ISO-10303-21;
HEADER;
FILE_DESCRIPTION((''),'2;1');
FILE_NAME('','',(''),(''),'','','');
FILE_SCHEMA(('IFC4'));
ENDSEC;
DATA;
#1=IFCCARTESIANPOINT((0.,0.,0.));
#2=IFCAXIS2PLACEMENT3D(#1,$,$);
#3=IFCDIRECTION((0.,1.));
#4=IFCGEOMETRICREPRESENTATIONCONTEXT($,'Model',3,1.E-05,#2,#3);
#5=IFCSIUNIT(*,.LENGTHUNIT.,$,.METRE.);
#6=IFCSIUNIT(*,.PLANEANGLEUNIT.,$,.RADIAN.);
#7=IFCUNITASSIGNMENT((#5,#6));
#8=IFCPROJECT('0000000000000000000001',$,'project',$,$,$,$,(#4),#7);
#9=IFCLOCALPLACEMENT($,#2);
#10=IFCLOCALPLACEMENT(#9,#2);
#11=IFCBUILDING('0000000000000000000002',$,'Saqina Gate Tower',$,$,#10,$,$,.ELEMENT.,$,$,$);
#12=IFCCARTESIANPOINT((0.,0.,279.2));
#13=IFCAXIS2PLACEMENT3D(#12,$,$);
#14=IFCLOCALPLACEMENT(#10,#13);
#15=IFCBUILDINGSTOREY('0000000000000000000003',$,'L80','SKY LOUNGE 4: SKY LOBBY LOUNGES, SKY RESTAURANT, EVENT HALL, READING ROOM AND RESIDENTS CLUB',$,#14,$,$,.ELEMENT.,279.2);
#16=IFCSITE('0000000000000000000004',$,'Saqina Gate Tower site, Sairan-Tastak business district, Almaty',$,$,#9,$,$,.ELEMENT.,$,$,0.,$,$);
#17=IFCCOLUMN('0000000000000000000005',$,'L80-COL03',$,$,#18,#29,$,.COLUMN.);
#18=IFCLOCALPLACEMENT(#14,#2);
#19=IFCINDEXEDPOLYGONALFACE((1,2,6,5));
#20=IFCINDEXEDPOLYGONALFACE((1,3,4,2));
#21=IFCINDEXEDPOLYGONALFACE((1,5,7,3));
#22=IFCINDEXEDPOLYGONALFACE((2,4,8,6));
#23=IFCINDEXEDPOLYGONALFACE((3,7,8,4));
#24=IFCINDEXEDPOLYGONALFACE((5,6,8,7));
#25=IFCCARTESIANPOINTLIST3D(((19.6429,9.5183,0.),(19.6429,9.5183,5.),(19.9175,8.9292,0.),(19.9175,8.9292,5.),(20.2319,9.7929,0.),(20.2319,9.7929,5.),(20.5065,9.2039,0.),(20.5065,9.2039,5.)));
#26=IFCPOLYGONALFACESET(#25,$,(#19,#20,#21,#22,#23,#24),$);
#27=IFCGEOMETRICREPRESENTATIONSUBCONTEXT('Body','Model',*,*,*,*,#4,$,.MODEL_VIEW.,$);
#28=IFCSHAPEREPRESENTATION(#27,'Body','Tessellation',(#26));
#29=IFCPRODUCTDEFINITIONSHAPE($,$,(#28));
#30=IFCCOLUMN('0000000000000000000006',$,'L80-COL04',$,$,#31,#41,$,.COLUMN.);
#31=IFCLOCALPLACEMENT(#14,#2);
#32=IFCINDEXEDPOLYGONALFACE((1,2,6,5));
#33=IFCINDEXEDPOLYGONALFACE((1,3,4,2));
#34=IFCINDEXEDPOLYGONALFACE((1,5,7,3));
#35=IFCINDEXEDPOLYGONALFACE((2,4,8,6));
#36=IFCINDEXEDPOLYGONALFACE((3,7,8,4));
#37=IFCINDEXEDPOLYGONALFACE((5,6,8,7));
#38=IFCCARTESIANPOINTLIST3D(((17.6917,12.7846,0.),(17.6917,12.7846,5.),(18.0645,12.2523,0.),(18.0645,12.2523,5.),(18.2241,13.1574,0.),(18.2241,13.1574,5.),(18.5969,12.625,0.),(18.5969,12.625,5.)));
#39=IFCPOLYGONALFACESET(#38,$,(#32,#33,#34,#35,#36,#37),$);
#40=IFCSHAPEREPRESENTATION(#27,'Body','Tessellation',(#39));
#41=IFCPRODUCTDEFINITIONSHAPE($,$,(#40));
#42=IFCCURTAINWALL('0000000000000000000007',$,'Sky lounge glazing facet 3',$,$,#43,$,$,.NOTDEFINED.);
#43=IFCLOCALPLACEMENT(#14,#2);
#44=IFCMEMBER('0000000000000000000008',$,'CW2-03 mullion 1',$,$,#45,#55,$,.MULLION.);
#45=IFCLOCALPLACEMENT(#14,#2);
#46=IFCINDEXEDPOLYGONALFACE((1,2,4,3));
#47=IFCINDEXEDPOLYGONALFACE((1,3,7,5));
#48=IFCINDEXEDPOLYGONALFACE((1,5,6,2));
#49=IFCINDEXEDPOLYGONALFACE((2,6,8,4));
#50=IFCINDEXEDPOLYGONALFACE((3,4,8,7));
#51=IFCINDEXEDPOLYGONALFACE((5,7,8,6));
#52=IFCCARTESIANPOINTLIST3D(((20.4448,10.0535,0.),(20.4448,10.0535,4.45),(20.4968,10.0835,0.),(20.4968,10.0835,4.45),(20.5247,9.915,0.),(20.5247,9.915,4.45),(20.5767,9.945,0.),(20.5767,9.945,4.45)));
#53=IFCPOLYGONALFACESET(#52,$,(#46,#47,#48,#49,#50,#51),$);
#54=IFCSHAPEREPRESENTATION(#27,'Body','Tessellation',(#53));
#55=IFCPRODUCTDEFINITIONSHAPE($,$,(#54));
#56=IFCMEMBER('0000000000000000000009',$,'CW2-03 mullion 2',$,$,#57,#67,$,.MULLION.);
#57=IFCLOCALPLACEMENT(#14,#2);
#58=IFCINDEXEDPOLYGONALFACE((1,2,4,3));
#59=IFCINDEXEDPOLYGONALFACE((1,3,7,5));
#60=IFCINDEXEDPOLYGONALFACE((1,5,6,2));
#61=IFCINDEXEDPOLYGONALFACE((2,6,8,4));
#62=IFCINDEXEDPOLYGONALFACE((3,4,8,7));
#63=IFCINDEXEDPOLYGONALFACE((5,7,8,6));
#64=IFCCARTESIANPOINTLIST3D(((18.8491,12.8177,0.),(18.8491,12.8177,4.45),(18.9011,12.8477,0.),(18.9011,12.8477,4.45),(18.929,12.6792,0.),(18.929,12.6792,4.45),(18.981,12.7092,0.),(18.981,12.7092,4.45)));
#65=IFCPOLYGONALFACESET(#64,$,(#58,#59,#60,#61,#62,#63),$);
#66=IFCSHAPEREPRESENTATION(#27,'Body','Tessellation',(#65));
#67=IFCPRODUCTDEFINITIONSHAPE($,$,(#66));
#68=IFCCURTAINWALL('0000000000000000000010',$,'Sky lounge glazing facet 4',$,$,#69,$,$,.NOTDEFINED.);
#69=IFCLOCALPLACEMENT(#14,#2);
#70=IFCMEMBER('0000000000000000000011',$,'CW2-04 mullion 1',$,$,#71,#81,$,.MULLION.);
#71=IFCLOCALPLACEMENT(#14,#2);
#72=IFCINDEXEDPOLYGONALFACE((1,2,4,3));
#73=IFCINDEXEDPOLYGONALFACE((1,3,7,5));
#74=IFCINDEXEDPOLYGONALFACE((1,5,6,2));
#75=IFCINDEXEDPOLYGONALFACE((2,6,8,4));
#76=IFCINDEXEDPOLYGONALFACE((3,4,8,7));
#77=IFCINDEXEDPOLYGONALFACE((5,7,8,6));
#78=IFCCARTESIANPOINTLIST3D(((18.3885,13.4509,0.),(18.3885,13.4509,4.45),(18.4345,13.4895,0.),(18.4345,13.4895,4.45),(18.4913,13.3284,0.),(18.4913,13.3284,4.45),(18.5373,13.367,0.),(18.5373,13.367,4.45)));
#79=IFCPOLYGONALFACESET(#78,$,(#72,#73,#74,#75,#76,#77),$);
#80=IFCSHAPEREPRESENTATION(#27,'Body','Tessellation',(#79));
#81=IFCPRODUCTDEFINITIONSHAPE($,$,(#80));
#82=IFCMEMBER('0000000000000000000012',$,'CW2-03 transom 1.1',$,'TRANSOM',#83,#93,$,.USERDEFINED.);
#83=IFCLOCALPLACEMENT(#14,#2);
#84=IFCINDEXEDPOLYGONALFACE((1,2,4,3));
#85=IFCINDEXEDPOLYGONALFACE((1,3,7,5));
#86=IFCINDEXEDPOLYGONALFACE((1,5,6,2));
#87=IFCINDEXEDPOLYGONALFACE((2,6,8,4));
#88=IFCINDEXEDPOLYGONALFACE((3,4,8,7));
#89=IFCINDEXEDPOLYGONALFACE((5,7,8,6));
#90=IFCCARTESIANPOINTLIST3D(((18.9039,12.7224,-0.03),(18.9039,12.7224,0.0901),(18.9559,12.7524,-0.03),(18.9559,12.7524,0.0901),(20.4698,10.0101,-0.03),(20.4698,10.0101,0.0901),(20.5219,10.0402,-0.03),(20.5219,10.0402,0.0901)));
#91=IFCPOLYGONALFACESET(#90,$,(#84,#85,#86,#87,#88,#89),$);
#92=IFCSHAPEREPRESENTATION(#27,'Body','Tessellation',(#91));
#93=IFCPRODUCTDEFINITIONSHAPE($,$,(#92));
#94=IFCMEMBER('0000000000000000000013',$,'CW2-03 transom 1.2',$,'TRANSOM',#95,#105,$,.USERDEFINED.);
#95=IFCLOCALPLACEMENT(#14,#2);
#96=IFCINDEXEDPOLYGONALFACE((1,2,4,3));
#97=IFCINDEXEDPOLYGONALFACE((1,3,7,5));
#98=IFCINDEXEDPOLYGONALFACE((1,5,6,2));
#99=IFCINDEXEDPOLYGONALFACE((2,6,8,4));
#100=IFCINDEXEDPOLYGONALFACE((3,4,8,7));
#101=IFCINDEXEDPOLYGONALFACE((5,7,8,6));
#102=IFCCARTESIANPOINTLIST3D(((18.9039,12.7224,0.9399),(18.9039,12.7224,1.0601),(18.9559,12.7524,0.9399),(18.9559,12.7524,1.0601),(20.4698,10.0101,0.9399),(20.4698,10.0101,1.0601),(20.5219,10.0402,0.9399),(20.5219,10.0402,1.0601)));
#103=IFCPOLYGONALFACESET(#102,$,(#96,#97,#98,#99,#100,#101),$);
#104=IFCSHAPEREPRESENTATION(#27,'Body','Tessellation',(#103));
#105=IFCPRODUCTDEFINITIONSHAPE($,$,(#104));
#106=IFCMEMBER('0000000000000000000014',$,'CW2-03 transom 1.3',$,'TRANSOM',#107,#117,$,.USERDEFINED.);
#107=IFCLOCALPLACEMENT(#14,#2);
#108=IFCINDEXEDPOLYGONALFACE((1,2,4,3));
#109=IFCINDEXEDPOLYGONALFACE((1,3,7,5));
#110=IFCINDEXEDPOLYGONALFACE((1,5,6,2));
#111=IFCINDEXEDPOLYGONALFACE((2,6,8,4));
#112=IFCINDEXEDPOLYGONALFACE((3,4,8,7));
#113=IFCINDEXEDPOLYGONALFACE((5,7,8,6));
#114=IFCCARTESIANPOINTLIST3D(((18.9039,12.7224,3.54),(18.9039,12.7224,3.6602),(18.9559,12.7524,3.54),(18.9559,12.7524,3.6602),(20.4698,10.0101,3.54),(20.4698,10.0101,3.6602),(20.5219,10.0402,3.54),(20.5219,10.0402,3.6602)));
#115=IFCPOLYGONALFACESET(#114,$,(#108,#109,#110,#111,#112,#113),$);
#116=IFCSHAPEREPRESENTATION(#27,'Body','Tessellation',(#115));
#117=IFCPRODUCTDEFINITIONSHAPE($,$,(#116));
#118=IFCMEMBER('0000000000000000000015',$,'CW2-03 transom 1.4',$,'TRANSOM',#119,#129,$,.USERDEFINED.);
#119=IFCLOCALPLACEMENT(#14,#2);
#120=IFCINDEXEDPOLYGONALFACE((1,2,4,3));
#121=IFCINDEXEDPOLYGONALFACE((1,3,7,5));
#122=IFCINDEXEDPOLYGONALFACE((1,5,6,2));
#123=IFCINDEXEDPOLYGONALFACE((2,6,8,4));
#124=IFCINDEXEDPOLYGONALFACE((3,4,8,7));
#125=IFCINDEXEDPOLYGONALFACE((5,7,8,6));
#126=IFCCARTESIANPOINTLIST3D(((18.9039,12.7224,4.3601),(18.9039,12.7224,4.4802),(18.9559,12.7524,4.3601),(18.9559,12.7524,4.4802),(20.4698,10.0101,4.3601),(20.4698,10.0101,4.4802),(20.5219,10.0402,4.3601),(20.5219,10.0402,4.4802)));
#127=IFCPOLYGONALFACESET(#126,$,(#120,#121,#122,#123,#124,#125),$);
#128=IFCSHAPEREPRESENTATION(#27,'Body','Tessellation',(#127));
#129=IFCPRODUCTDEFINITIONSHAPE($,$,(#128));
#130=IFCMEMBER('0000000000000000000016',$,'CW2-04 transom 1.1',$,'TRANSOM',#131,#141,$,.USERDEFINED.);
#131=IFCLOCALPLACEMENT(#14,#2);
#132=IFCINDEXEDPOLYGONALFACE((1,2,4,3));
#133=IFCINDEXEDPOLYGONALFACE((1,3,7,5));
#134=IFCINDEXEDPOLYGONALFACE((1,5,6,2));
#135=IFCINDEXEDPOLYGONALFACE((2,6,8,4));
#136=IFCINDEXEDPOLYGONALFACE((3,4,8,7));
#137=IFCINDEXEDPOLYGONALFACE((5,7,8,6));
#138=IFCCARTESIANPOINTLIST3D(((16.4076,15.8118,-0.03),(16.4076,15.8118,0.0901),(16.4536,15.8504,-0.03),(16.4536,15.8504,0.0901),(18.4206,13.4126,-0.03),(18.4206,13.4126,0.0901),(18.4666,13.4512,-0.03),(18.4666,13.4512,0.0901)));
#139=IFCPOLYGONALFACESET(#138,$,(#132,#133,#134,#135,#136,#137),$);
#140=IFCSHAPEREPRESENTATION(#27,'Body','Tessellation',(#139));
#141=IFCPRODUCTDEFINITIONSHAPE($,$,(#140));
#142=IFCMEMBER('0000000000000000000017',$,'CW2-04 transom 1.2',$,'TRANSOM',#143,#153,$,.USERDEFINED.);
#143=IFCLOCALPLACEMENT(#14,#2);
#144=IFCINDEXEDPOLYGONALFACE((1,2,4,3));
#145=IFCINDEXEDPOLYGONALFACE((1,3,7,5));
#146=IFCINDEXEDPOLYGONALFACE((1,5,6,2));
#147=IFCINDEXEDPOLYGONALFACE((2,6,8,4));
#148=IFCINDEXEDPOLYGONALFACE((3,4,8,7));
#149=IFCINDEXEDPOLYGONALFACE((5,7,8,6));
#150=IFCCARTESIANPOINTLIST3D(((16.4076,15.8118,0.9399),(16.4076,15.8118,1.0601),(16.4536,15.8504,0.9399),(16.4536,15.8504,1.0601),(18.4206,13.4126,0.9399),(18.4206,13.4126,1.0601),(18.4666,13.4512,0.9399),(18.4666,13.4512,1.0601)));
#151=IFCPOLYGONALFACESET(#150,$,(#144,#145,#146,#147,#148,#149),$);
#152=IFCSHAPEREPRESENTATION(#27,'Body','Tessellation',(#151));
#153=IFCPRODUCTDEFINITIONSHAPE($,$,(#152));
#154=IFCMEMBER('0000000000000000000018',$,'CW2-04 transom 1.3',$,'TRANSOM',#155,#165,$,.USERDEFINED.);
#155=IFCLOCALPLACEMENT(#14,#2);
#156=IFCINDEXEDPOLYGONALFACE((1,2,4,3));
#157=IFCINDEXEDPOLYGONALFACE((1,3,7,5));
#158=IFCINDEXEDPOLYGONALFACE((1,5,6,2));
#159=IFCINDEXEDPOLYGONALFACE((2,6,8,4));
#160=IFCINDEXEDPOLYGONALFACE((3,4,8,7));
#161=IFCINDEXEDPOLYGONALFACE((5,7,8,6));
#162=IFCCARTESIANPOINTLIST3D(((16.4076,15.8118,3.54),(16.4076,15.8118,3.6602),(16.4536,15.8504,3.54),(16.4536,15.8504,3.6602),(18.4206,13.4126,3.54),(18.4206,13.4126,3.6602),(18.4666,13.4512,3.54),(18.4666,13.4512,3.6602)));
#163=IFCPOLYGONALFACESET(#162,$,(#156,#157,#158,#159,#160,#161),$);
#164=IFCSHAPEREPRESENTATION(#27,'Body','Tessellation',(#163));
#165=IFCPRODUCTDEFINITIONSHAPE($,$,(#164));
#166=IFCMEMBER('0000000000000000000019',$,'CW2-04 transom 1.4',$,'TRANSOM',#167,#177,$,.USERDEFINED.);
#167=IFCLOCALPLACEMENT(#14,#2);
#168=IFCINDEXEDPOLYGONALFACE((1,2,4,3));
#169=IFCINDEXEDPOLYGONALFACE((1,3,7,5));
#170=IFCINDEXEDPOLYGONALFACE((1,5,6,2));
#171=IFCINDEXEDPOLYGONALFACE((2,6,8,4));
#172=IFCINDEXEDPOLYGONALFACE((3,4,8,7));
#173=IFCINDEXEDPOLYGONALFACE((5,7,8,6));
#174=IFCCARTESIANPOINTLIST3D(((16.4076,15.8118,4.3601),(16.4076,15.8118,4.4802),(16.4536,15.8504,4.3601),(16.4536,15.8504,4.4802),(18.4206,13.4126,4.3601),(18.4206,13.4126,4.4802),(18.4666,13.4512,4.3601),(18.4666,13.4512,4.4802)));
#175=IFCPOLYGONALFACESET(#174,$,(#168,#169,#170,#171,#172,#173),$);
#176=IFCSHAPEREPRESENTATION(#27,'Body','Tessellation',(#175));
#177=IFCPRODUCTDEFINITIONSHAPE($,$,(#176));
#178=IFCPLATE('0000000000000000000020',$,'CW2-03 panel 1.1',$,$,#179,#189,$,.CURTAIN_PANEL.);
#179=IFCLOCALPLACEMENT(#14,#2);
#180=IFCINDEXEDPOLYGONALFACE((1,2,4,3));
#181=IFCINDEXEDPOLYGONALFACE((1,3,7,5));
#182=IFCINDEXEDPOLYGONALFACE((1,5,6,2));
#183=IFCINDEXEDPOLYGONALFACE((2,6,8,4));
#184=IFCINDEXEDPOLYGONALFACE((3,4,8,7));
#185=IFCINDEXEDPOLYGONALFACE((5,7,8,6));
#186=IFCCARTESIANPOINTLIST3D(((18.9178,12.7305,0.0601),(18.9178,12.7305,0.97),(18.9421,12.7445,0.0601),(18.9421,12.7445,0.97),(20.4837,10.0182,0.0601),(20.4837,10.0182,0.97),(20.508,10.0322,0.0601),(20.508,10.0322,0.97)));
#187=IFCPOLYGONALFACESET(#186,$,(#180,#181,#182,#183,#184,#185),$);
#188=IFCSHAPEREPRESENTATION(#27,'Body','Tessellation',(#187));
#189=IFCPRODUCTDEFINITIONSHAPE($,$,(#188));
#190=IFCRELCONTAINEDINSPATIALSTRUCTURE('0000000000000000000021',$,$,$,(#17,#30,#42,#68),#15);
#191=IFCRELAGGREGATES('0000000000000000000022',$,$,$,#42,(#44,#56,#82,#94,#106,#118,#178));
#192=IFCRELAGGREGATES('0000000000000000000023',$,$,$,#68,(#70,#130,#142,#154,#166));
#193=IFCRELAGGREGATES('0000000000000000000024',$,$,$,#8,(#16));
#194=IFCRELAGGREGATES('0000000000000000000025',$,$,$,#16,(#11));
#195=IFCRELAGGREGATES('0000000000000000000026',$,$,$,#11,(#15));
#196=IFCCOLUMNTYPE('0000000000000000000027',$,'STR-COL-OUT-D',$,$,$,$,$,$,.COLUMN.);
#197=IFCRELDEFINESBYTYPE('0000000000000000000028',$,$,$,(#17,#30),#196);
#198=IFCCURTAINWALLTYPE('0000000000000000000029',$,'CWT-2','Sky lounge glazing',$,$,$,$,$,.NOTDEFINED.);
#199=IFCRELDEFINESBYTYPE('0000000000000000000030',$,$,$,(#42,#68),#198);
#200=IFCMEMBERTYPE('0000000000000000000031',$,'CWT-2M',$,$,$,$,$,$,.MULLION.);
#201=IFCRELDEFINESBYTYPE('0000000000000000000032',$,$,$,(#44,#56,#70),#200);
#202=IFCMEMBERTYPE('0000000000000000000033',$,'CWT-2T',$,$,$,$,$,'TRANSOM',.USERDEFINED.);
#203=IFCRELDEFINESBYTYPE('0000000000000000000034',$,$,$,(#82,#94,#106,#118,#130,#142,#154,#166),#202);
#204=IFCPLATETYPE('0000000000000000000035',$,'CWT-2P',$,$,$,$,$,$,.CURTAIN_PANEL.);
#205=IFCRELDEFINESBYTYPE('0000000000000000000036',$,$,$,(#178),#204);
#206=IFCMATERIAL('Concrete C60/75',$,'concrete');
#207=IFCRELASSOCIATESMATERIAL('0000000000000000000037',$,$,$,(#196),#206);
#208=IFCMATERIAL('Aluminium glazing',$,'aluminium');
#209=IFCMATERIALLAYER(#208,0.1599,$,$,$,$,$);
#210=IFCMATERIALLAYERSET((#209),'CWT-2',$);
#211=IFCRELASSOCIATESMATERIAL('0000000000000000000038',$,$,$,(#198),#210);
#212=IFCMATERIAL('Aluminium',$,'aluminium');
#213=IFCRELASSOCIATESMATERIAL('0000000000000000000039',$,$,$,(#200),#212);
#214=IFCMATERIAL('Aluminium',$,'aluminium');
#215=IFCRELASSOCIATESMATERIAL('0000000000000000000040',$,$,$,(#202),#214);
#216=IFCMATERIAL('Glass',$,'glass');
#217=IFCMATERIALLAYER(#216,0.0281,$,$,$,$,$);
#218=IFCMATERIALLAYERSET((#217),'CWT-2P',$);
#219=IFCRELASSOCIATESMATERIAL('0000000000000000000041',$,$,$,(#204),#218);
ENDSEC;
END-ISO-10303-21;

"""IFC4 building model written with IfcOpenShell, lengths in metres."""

from ifc_helpers import new_model, si_unit, direction, frame, origin, origin_2d, place, context, subcontext, project, spatial, rectangle, extrude, material, layer, layer_set, material_profile, profile_set, type_object, element, aggregate, save


model = new_model("IFC4")

# Units and contexts
model_context = context("Model", 3, precision=1e-05, world=origin(), true_north=direction((0.0, 1.0)))
body_context = subcontext(model_context, "Body", "Model", "MODEL_VIEW")
ifc_project = project(units=[si_unit("LENGTHUNIT", "METRE"), si_unit("PLANEANGLEUNIT", "RADIAN")], contexts=[model_context])

# Site, building, storey
site_placement = place(None, origin())
site = spatial("IfcSite", under=ifc_project, at=site_placement, Name="Saqina Gate Tower site, Sairan-Tastak business district, Almaty", CompositionType="ELEMENT", RefElevation=0.0)
building_placement = place(site_placement, origin())
building = spatial("IfcBuilding", under=site, at=building_placement, Name="Saqina Gate Tower", CompositionType="ELEMENT")
storey_placement = place(building_placement, frame((0.0, 0.0, 279.2)))
storey = spatial("IfcBuildingStorey", under=building, at=storey_placement, Name="L80", Description="SKY LOUNGE 4: SKY LOBBY LOUNGES, SKY RESTAURANT, EVENT HALL, READING ROOM AND RESIDENTS CLUB", CompositionType="ELEMENT", Elevation=279.2)

# Columns
ifc_material_1 = material(Name="Concrete C60/75", Category="concrete")
ifc_material_profile_1 = material_profile(ifc_material_1, rectangle(XDim=0.6499, YDim=0.6499, at=origin_2d()), Name="RC 650x650")
ifc_profile_set_1 = profile_set([ifc_material_profile_1], Name="Concrete C60/75")
column_type = type_object("IfcColumnType", Name="STR-COL-OUT-D", PredefinedType="COLUMN", material=ifc_profile_set_1)
for number, where, z_axis, x_axis, name in (
    (1, (20.0747, 9.3611, 0.0), (0.0, 0.0, 1.0), (0.906308, 0.422618, 0.0), "L80-COL03"),
    (2, (18.1443, 12.7048, 0.0), (0.0, 0.0, 1.0), (0.819152, 0.573576, 0.0), "L80-COL04"),
):
    element("IfcColumn", number, at=place(storey_placement, frame(where, z_axis=z_axis, x_axis=x_axis)), inside=storey, type_object=column_type, Name=name, PredefinedType="COLUMN", context=body_context, shape_type="SweptSolid", body=[
        extrude(rectangle(XDim=0.6499, YDim=0.6499, at=origin_2d()), origin(), (0.0, 0.0, 1.0), 5.0),
    ])

# Curtain wall, members
ifc_material_2 = material(Name="Aluminium glazing", Category="aluminium")
ifc_layer_1 = layer(ifc_material_2, 0.1599)
ifc_layer_set_1 = layer_set([ifc_layer_1], Name="CWT-2")
curtain_wall_type = type_object("IfcCurtainWallType", Name="CWT-2", Description="Sky lounge glazing", PredefinedType="NOTDEFINED", material=ifc_layer_set_1)
curtain_wall_1_placement = place(storey_placement, origin())
curtain_wall_1 = element("IfcCurtainWall", 3, at=curtain_wall_1_placement, inside=storey, type_object=curtain_wall_type, Name="Sky lounge glazing facet 3", PredefinedType="NOTDEFINED")
ifc_material_3 = material(Name="Aluminium", Category="aluminium")
ifc_material_profile_2 = material_profile(ifc_material_3, rectangle(XDim=0.0601, YDim=0.1599, at=origin_2d()), Name="Aluminium 60x160")
ifc_profile_set_2 = profile_set([ifc_material_profile_2], Name="Aluminium")
member_type_1 = type_object("IfcMemberType", Name="CWT-2M", PredefinedType="MULLION", material=ifc_profile_set_2)
member_1_placement = place(storey_placement, frame((20.5107, 9.9993, 0.0), z_axis=(0.0, 0.0, 1.0), x_axis=(-0.866036, -0.499982, 0.0)))
member_1 = element("IfcMember", 4, at=member_1_placement, type_object=member_type_1, Name="CW2-03 mullion 1", PredefinedType="MULLION", context=body_context, shape_type="SweptSolid", body=[
    extrude(rectangle(XDim=0.0601, YDim=0.1599, at=origin_2d()), origin(), (0.0, 0.0, 1.0), 4.45),
])
member_2_placement = place(storey_placement, frame((18.915, 12.7634, 0.0), z_axis=(0.0, 0.0, 1.0), x_axis=(-0.866036, -0.499982, 0.0)))
member_2 = element("IfcMember", 5, at=member_2_placement, type_object=member_type_1, Name="CW2-03 mullion 2", PredefinedType="MULLION", context=body_context, shape_type="SweptSolid", body=[
    extrude(rectangle(XDim=0.0601, YDim=0.1599, at=origin_2d()), origin(), (0.0, 0.0, 1.0), 4.45),
])

# Curtain wall, member
curtain_wall_2_placement = place(storey_placement, origin())
curtain_wall_2 = element("IfcCurtainWall", 6, at=curtain_wall_2_placement, inside=storey, type_object=curtain_wall_type, Name="Sky lounge glazing facet 4", PredefinedType="NOTDEFINED")
member_3_placement = place(storey_placement, frame((18.4629, 13.4089, 0.0), z_axis=(0.0, 0.0, 1.0), x_axis=(-0.766046, -0.642785, 0.0)))
member_3 = element("IfcMember", 7, at=member_3_placement, type_object=member_type_1, Name="CW2-04 mullion 1", PredefinedType="MULLION", context=body_context, shape_type="SweptSolid", body=[
    extrude(rectangle(XDim=0.0601, YDim=0.1599, at=origin_2d()), origin(), (0.0, 0.0, 1.0), 4.45),
])

# Members
ifc_material_4 = material(Name="Aluminium", Category="aluminium")
ifc_material_profile_3 = material_profile(ifc_material_4, rectangle(XDim=0.0601, YDim=0.1201, at=origin_2d()), Name="Aluminium 60x120")
ifc_profile_set_3 = profile_set([ifc_material_profile_3], Name="Aluminium")
member_type_2 = type_object("IfcMemberType", Name="CWT-2T", ElementType="TRANSOM", PredefinedType="USERDEFINED", material=ifc_profile_set_3)
member_4_placement = place(storey_placement, frame((20.4958, 10.0251, 0.03), z_axis=(-0.500013, 0.866018, 0.0), x_axis=(-0.866018, -0.500013, 0.0)))
member_4 = element("IfcMember", 8, at=member_4_placement, type_object=member_type_2, Name="CW2-03 transom 1.1", ObjectType="TRANSOM", PredefinedType="USERDEFINED", context=body_context, shape_type="SweptSolid", body=[
    extrude(rectangle(XDim=0.0601, YDim=0.1201, at=origin_2d()), origin(), (0.0, 0.0, 1.0), 3.1318),
])
member_5_placement = place(storey_placement, frame((20.4958, 10.0251, 1.0), z_axis=(-0.500013, 0.866018, 0.0), x_axis=(-0.866018, -0.500013, 0.0)))
member_5 = element("IfcMember", 9, at=member_5_placement, type_object=member_type_2, Name="CW2-03 transom 1.2", ObjectType="TRANSOM", PredefinedType="USERDEFINED", context=body_context, shape_type="SweptSolid", body=[
    extrude(rectangle(XDim=0.0601, YDim=0.1201, at=origin_2d()), origin(), (0.0, 0.0, 1.0), 3.1318),
])
member_6_placement = place(storey_placement, frame((20.4958, 10.0251, 3.6001), z_axis=(-0.500013, 0.866018, 0.0), x_axis=(-0.866018, -0.500013, 0.0)))
member_6 = element("IfcMember", 10, at=member_6_placement, type_object=member_type_2, Name="CW2-03 transom 1.3", ObjectType="TRANSOM", PredefinedType="USERDEFINED", context=body_context, shape_type="SweptSolid", body=[
    extrude(rectangle(XDim=0.0601, YDim=0.1201, at=origin_2d()), origin(), (0.0, 0.0, 1.0), 3.1318),
])
member_7_placement = place(storey_placement, frame((20.4958, 10.0251, 4.4202), z_axis=(-0.500013, 0.866018, 0.0), x_axis=(-0.866018, -0.500013, 0.0)))
member_7 = element("IfcMember", 11, at=member_7_placement, type_object=member_type_2, Name="CW2-03 transom 1.4", ObjectType="TRANSOM", PredefinedType="USERDEFINED", context=body_context, shape_type="SweptSolid", body=[
    extrude(rectangle(XDim=0.0601, YDim=0.1201, at=origin_2d()), origin(), (0.0, 0.0, 1.0), 3.1318),
])
member_8_placement = place(storey_placement, frame((18.4436, 13.4319, 0.03), z_axis=(-0.64275, 0.766076, 0.0), x_axis=(-0.766076, -0.64275, 0.0)))
member_8 = element("IfcMember", 12, at=member_8_placement, type_object=member_type_2, Name="CW2-04 transom 1.1", ObjectType="TRANSOM", PredefinedType="USERDEFINED", context=body_context, shape_type="SweptSolid", body=[
    extrude(rectangle(XDim=0.0601, YDim=0.1201, at=origin_2d()), origin(), (0.0, 0.0, 1.0), 3.1318),
])
member_9_placement = place(storey_placement, frame((18.4436, 13.4319, 1.0), z_axis=(-0.64275, 0.766076, 0.0), x_axis=(-0.766076, -0.64275, 0.0)))
member_9 = element("IfcMember", 13, at=member_9_placement, type_object=member_type_2, Name="CW2-04 transom 1.2", ObjectType="TRANSOM", PredefinedType="USERDEFINED", context=body_context, shape_type="SweptSolid", body=[
    extrude(rectangle(XDim=0.0601, YDim=0.1201, at=origin_2d()), origin(), (0.0, 0.0, 1.0), 3.1318),
])
member_10_placement = place(storey_placement, frame((18.4436, 13.4319, 3.6001), z_axis=(-0.64275, 0.766076, 0.0), x_axis=(-0.766076, -0.64275, 0.0)))
member_10 = element("IfcMember", 14, at=member_10_placement, type_object=member_type_2, Name="CW2-04 transom 1.3", ObjectType="TRANSOM", PredefinedType="USERDEFINED", context=body_context, shape_type="SweptSolid", body=[
    extrude(rectangle(XDim=0.0601, YDim=0.1201, at=origin_2d()), origin(), (0.0, 0.0, 1.0), 3.1318),
])
member_11_placement = place(storey_placement, frame((18.4436, 13.4319, 4.4202), z_axis=(-0.64275, 0.766076, 0.0), x_axis=(-0.766076, -0.64275, 0.0)))
member_11 = element("IfcMember", 15, at=member_11_placement, type_object=member_type_2, Name="CW2-04 transom 1.4", ObjectType="TRANSOM", PredefinedType="USERDEFINED", context=body_context, shape_type="SweptSolid", body=[
    extrude(rectangle(XDim=0.0601, YDim=0.1201, at=origin_2d()), origin(), (0.0, 0.0, 1.0), 3.1318),
])

# Plate
ifc_material_5 = material(Name="Glass", Category="glass")
ifc_layer_2 = layer(ifc_material_5, 0.0281)
ifc_layer_set_2 = layer_set([ifc_layer_2], Name="CWT-2P")
plate_type = type_object("IfcPlateType", Name="CWT-2P", PredefinedType="CURTAIN_PANEL", material=ifc_layer_set_2)
plate_1_placement = place(storey_placement, frame((19.7129, 11.3813, 0.0601), z_axis=(0.0, 0.0, 1.0), x_axis=(-0.499982, 0.866036, 0.0)))
plate_1 = element("IfcPlate", 16, at=plate_1_placement, type_object=plate_type, Name="CW2-03 panel 1.1", PredefinedType="CURTAIN_PANEL", context=body_context, shape_type="SweptSolid", body=[
    extrude(rectangle(XDim=3.1318, YDim=0.0281, at=origin_2d()), origin(), (0.0, 0.0, 1.0), 0.9099),
])
aggregate(curtain_wall_1, [member_1, member_2, member_4, member_5, member_6, member_7, plate_1])
aggregate(curtain_wall_2, [member_3, member_8, member_9, member_10, member_11])

save(model, "model.ifc")
